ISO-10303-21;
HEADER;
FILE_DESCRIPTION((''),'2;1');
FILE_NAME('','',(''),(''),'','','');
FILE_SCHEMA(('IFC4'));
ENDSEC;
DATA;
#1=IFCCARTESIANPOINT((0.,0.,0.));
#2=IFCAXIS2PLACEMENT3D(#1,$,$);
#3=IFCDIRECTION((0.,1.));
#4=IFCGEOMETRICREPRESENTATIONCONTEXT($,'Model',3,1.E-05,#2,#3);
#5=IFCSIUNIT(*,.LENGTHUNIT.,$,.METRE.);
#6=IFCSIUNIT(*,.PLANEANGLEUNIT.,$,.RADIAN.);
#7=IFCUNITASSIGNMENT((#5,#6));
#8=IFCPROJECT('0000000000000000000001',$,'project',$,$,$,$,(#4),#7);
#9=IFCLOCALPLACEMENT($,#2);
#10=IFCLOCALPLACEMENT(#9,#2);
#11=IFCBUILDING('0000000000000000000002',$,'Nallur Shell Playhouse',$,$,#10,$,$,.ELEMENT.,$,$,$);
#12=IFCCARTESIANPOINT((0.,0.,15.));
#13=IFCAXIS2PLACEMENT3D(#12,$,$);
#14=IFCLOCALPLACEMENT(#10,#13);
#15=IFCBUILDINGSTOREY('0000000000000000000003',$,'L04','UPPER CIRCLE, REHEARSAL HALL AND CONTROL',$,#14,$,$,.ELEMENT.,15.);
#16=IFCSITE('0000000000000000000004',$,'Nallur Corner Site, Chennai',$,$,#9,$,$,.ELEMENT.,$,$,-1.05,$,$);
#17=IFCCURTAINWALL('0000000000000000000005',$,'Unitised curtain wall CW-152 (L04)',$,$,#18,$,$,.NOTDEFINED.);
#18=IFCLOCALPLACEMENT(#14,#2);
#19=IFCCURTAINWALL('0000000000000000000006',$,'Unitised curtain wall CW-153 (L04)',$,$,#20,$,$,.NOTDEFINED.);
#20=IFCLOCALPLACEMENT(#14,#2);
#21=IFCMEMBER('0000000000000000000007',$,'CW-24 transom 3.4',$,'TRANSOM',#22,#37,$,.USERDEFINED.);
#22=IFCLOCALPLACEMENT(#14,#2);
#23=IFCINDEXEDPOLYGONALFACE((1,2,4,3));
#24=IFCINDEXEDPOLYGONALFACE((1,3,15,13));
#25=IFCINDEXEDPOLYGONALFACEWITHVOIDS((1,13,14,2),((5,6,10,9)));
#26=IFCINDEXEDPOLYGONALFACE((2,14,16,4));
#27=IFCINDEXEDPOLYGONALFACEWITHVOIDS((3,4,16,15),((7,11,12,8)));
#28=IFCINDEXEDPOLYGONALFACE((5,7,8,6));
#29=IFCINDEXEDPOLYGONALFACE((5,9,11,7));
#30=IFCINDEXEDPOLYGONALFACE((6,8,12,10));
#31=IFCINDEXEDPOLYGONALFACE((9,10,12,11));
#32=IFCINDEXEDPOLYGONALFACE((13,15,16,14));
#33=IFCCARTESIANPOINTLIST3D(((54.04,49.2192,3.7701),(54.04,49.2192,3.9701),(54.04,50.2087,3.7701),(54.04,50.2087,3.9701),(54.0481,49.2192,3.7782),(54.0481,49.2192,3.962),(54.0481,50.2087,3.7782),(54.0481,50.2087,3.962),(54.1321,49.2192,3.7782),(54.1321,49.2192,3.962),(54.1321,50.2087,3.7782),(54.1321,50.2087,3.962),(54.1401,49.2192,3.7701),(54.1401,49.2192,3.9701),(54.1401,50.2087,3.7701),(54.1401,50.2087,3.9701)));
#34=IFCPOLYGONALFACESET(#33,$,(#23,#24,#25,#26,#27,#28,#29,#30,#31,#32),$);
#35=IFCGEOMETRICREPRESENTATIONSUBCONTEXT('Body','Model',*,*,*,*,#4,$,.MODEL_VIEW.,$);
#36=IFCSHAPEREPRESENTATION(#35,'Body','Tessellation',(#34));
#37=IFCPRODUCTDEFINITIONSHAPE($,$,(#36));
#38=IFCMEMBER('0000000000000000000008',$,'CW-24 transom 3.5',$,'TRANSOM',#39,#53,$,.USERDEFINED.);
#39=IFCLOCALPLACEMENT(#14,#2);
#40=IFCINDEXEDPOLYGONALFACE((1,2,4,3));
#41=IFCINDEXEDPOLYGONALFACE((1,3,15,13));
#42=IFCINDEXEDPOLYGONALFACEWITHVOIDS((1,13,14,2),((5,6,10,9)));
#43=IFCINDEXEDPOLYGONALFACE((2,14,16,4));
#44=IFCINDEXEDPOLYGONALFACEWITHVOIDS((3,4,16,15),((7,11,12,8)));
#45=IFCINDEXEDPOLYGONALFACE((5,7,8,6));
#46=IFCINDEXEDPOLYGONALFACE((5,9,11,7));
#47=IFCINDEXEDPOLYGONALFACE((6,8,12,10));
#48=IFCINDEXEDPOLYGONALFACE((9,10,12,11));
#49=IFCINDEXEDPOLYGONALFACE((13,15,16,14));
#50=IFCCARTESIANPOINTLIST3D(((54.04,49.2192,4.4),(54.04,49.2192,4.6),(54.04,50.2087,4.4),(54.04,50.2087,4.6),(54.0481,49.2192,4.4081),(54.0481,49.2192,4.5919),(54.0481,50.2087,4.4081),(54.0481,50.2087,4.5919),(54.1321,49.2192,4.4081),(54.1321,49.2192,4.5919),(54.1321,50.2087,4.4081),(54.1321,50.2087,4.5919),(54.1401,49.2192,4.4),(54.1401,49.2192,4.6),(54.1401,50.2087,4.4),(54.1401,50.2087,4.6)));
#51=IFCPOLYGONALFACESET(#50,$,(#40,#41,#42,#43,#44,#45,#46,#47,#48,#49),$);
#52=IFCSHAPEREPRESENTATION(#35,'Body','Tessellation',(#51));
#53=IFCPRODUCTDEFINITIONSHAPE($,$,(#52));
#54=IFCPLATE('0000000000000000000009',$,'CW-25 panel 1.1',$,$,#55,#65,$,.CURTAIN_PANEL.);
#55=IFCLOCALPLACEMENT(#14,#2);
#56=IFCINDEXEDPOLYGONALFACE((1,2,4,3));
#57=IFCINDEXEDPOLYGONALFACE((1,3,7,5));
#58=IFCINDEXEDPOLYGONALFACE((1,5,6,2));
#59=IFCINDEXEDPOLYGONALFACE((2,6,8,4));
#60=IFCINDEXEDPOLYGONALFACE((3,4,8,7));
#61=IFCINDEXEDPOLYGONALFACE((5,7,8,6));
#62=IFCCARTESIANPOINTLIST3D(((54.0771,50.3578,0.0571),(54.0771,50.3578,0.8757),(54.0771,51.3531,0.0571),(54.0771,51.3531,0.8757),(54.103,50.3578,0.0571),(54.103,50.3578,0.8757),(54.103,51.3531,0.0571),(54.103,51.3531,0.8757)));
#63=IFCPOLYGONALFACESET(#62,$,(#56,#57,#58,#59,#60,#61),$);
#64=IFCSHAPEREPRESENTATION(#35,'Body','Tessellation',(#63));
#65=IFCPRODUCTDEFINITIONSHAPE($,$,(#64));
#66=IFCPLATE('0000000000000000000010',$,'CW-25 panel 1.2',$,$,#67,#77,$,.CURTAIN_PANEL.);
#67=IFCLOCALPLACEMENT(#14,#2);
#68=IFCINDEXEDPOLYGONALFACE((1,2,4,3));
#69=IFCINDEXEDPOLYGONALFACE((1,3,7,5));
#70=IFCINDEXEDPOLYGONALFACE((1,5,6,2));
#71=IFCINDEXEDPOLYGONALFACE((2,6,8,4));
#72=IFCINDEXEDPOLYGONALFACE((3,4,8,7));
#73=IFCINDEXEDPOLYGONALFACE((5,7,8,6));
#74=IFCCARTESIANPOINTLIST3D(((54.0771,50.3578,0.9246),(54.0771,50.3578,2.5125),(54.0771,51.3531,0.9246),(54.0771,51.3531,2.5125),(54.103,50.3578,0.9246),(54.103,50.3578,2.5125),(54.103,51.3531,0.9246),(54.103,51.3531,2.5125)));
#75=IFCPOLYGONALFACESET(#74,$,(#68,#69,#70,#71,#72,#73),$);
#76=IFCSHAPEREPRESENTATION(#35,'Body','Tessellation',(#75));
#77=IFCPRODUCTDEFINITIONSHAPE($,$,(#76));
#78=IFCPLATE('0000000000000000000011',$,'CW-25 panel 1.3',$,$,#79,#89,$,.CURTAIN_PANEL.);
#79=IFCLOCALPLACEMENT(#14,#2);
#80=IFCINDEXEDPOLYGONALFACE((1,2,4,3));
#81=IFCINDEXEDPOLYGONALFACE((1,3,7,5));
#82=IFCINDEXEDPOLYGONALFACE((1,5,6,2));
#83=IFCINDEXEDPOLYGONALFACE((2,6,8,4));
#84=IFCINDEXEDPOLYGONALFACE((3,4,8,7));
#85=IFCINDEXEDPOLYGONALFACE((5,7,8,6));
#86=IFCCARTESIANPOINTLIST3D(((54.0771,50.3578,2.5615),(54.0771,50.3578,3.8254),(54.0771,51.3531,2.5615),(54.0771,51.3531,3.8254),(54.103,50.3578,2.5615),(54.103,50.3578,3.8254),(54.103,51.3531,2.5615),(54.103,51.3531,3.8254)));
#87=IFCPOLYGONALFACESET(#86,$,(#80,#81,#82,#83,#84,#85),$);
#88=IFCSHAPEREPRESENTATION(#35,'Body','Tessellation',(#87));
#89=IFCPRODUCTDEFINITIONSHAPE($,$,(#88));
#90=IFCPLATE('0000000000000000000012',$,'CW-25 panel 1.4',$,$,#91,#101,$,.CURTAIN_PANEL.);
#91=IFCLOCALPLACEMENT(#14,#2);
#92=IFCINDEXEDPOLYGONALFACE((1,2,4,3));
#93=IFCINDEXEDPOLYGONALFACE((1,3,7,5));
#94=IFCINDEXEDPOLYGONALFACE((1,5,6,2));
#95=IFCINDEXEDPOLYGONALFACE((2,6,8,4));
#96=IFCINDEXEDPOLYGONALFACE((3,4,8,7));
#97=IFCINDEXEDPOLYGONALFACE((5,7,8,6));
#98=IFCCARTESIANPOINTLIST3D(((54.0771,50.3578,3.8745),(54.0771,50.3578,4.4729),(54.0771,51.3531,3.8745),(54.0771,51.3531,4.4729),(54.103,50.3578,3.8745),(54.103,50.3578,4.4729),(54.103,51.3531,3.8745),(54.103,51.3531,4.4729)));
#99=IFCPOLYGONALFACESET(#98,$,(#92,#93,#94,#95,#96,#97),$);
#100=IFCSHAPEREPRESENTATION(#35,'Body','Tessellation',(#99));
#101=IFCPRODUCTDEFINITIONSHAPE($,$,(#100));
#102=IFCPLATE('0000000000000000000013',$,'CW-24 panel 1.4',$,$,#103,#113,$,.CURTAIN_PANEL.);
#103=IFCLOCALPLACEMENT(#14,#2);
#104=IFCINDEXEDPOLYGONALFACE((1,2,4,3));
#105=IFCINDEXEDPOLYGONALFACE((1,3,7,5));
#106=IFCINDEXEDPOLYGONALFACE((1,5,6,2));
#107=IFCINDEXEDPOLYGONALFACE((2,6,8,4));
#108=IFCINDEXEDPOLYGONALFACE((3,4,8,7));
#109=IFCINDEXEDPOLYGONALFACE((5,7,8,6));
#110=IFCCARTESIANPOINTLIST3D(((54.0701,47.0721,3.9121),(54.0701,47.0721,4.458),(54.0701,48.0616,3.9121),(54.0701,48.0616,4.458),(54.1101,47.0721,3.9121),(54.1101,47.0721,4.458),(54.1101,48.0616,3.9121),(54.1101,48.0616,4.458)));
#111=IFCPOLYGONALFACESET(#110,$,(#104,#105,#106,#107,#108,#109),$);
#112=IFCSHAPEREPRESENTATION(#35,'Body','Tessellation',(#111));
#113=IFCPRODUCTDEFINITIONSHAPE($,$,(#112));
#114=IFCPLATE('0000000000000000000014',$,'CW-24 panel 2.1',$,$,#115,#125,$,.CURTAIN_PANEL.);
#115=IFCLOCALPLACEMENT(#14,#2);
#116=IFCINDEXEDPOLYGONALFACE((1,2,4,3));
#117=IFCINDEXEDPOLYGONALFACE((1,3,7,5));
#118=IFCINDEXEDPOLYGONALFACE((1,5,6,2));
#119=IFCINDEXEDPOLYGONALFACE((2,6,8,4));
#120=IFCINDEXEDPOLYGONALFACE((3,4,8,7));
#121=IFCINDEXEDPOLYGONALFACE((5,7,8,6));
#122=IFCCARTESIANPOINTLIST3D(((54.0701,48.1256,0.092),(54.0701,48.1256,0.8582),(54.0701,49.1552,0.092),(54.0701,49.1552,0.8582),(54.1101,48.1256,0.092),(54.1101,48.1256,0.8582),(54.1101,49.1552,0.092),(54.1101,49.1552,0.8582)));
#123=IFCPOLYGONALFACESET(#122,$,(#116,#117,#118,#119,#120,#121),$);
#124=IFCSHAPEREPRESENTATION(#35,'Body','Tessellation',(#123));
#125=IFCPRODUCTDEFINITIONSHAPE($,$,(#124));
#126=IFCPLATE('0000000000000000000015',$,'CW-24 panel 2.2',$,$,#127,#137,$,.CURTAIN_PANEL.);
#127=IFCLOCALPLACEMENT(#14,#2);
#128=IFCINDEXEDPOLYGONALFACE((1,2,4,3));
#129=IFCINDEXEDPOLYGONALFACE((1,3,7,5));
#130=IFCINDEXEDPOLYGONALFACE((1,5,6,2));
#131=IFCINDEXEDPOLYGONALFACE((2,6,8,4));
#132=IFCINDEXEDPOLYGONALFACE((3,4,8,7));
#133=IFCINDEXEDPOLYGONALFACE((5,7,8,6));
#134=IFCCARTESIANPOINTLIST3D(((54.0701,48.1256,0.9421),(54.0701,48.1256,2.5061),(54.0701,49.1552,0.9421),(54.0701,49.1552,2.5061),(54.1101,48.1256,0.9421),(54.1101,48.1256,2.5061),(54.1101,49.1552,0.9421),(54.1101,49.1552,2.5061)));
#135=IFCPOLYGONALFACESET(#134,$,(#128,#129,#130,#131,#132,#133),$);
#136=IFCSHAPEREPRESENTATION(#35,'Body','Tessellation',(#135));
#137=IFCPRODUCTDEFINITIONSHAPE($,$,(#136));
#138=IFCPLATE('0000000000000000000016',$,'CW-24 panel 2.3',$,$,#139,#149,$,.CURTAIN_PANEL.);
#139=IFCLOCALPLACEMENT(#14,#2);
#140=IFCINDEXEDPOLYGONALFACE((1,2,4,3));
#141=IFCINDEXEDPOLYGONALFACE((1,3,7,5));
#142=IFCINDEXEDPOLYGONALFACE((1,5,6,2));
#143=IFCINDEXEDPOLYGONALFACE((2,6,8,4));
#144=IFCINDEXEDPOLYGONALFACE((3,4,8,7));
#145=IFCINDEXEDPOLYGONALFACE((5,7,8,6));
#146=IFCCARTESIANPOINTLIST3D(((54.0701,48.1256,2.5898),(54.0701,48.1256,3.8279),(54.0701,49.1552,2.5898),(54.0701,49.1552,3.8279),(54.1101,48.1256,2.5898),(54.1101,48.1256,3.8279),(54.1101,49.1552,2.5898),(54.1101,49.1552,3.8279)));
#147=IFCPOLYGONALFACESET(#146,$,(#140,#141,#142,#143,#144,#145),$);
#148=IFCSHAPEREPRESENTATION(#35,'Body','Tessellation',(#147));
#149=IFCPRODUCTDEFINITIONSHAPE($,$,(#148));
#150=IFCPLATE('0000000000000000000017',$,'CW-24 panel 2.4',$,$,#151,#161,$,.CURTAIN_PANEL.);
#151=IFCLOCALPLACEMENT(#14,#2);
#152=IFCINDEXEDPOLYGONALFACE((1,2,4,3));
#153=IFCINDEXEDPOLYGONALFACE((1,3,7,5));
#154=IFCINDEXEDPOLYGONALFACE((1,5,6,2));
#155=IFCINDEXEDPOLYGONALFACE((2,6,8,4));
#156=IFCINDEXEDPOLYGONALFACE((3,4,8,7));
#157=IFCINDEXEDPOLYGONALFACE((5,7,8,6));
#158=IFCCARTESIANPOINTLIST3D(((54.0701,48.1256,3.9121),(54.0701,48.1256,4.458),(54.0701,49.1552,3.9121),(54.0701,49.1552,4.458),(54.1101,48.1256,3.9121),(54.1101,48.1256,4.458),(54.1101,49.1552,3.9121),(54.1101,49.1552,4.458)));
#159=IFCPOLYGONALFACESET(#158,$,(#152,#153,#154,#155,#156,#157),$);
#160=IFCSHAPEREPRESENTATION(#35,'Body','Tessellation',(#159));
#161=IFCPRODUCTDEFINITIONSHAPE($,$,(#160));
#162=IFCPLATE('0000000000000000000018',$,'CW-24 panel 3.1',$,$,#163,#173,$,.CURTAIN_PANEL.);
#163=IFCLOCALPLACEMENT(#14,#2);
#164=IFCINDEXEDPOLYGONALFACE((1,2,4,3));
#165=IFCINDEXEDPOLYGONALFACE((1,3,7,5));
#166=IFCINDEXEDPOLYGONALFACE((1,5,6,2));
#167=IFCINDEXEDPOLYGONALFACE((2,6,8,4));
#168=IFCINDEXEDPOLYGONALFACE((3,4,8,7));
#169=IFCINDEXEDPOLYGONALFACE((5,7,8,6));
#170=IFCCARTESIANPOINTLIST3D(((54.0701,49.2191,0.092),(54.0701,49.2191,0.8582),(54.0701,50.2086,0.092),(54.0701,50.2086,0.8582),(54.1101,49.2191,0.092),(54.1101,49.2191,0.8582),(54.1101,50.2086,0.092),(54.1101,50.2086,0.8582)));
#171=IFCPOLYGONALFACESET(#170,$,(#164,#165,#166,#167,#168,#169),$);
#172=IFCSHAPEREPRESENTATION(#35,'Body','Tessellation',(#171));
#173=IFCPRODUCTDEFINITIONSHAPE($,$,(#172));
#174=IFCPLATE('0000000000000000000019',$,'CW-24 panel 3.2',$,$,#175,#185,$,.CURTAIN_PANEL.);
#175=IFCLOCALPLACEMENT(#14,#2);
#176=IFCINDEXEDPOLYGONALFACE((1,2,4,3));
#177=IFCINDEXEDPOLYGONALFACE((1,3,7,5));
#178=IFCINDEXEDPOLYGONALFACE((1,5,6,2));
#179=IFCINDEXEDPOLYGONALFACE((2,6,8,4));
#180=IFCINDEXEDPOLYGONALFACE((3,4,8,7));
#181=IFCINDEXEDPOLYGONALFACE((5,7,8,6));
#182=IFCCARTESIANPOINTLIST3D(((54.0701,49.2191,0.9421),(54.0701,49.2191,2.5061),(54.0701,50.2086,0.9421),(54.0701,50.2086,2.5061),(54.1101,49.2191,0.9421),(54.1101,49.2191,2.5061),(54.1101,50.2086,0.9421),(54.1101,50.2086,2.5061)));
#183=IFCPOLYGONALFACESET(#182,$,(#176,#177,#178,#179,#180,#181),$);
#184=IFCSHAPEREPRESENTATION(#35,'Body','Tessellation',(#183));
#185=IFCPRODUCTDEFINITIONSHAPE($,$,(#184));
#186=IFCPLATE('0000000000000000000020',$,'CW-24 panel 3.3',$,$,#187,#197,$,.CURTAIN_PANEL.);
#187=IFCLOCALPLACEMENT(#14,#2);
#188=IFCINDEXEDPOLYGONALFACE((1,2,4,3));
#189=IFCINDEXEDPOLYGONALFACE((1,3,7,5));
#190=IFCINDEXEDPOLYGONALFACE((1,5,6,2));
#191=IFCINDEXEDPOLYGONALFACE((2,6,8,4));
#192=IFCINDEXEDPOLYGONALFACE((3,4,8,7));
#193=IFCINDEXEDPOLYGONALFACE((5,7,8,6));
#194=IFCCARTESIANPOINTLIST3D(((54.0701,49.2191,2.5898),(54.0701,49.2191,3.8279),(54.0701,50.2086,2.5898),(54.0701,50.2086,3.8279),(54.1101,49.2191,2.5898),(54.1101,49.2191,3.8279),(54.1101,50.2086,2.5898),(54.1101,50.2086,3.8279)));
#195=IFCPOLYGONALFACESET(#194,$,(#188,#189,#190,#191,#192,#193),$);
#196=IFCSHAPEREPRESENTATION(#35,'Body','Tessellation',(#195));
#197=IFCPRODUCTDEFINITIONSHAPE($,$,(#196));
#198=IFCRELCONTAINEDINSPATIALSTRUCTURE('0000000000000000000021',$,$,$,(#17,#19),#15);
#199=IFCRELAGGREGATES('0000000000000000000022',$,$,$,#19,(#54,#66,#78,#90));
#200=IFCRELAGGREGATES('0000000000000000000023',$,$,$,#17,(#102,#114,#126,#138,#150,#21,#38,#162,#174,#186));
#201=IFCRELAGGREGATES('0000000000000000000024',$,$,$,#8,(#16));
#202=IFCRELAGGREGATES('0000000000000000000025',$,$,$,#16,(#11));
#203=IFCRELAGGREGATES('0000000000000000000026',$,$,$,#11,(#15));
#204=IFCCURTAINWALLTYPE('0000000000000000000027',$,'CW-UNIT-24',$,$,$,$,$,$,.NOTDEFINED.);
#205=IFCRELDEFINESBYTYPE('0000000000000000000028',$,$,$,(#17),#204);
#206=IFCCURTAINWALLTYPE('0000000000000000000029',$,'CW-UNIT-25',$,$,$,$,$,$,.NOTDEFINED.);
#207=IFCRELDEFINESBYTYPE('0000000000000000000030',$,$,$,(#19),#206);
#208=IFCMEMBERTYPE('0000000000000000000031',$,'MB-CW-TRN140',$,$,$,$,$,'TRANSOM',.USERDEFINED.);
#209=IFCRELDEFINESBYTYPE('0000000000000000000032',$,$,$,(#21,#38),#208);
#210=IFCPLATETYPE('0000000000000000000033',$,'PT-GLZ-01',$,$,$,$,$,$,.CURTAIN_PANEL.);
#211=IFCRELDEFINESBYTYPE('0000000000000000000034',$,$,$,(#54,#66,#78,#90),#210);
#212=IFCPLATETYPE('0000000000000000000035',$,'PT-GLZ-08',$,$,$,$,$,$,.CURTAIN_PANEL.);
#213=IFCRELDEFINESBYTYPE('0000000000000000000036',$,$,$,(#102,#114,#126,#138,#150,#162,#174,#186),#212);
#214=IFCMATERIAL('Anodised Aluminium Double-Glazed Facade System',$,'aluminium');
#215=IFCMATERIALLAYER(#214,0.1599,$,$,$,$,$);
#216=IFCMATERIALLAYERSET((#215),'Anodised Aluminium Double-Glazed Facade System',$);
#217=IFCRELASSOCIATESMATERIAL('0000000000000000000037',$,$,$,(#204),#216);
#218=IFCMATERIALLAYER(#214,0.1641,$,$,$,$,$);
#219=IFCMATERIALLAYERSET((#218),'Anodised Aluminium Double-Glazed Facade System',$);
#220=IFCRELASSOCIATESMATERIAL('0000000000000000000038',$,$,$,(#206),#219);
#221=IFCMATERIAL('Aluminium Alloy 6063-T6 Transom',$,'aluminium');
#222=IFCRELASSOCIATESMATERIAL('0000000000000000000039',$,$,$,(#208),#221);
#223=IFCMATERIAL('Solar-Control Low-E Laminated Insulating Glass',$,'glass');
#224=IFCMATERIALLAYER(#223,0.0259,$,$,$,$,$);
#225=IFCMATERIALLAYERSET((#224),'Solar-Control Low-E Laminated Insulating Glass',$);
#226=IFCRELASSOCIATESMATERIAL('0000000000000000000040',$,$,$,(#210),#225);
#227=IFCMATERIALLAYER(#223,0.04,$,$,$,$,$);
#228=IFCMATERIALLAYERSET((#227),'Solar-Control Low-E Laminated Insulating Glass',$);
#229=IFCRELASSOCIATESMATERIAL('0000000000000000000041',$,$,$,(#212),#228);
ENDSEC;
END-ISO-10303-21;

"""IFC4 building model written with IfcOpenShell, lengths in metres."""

from ifc_helpers import new_model, si_unit, direction, frame, origin, origin_2d, place, context, subcontext, project, spatial, rectangle, hollow_rectangle, extrude, material, layer, layer_set, material_profile, profile_set, type_object, element, aggregate, save


model = new_model("IFC4")

# Units and contexts
model_context = context("Model", 3, precision=1e-05, world=origin(), true_north=direction((0.0, 1.0)))
body_context = subcontext(model_context, "Body", "Model", "MODEL_VIEW")
ifc_project = project(units=[si_unit("LENGTHUNIT", "METRE"), si_unit("PLANEANGLEUNIT", "RADIAN")], contexts=[model_context])

# Site, building, storey
site_placement = place(None, origin())
site = spatial("IfcSite", under=ifc_project, at=site_placement, Name="Nallur Corner Site, Chennai", CompositionType="ELEMENT", RefElevation=-1.05)
building_placement = place(site_placement, origin())
building = spatial("IfcBuilding", under=site, at=building_placement, Name="Nallur Shell Playhouse", CompositionType="ELEMENT")
storey_placement = place(building_placement, frame((0.0, 0.0, 15.0)))
storey = spatial("IfcBuildingStorey", under=building, at=storey_placement, Name="L04", Description="UPPER CIRCLE, REHEARSAL HALL AND CONTROL", CompositionType="ELEMENT", Elevation=15.0)

# Curtain walls
ifc_material_1 = material(Name="Anodised Aluminium Double-Glazed Facade System", Category="aluminium")
ifc_layer_1 = layer(ifc_material_1, 0.1599)
ifc_layer_set_1 = layer_set([ifc_layer_1], Name="Anodised Aluminium Double-Glazed Facade System")
curtain_wall_type_1 = type_object("IfcCurtainWallType", Name="CW-UNIT-24", PredefinedType="NOTDEFINED", material=ifc_layer_set_1)
curtain_wall_1_placement = place(storey_placement, origin())
curtain_wall_1 = element("IfcCurtainWall", 1, at=curtain_wall_1_placement, inside=storey, type_object=curtain_wall_type_1, Name="Unitised curtain wall CW-152 (L04)", PredefinedType="NOTDEFINED")
ifc_layer_2 = layer(ifc_material_1, 0.1641)
ifc_layer_set_2 = layer_set([ifc_layer_2], Name="Anodised Aluminium Double-Glazed Facade System")
curtain_wall_type_2 = type_object("IfcCurtainWallType", Name="CW-UNIT-25", PredefinedType="NOTDEFINED", material=ifc_layer_set_2)
curtain_wall_2_placement = place(storey_placement, origin())
curtain_wall_2 = element("IfcCurtainWall", 2, at=curtain_wall_2_placement, inside=storey, type_object=curtain_wall_type_2, Name="Unitised curtain wall CW-153 (L04)", PredefinedType="NOTDEFINED")
ifc_material_2 = material(Name="Aluminium Alloy 6063-T6 Transom", Category="aluminium")

# Members
ifc_material_profile_1 = material_profile(ifc_material_2, hollow_rectangle(XDim=0.1001, YDim=0.2, WallThickness=0.0081, at=origin_2d()), Name="RHS 200x100x8")
ifc_profile_set_1 = profile_set([ifc_material_profile_1], Name="Aluminium Alloy 6063-T6 Transom")
member_type_1 = type_object("IfcMemberType", Name="MB-CW-TRN140", ElementType="TRANSOM", PredefinedType="USERDEFINED", material=ifc_profile_set_1)
member_1_placement = place(storey_placement, frame((54.0901, 49.2192, 3.8701), z_axis=(0.0, 1.0, 0.0), x_axis=(-1.0, 0.0, 0.0)))
member_1 = element("IfcMember", 3, at=member_1_placement, type_object=member_type_1, Name="CW-24 transom 3.4", ObjectType="TRANSOM", PredefinedType="USERDEFINED", context=body_context, shape_type="SweptSolid", body=[
    extrude(hollow_rectangle(XDim=0.1001, YDim=0.2, WallThickness=0.0081, at=origin_2d()), origin(), (0.0, 0.0, 1.0), 0.9895),
])
member_2_placement = place(storey_placement, frame((54.0901, 49.2192, 4.5), z_axis=(0.0, 1.0, 0.0), x_axis=(-1.0, 0.0, 0.0)))
member_2 = element("IfcMember", 4, at=member_2_placement, type_object=member_type_1, Name="CW-24 transom 3.5", ObjectType="TRANSOM", PredefinedType="USERDEFINED", context=body_context, shape_type="SweptSolid", body=[
    extrude(hollow_rectangle(XDim=0.1001, YDim=0.2, WallThickness=0.0081, at=origin_2d()), origin(), (0.0, 0.0, 1.0), 0.9895),
])

# Plates
ifc_material_3 = material(Name="Solar-Control Low-E Laminated Insulating Glass", Category="glass")
ifc_layer_3 = layer(ifc_material_3, 0.0259)
ifc_layer_set_3 = layer_set([ifc_layer_3], Name="Solar-Control Low-E Laminated Insulating Glass")
plate_type_1 = type_object("IfcPlateType", Name="PT-GLZ-01", PredefinedType="CURTAIN_PANEL", material=ifc_layer_set_3)
plate_1_placement = place(storey_placement, frame((54.0901, 50.8555, 0.0571), z_axis=(0.0, 0.0, 1.0), x_axis=(0.0, 1.0, 0.0)))
plate_1 = element("IfcPlate", 5, at=plate_1_placement, type_object=plate_type_1, Name="CW-25 panel 1.1", PredefinedType="CURTAIN_PANEL", context=body_context, shape_type="SweptSolid", body=[
    extrude(rectangle(XDim=0.9954, YDim=0.0259, at=origin_2d()), origin(), (0.0, 0.0, 1.0), 0.8186),
])
plate_2_placement = place(storey_placement, frame((54.0901, 50.8555, 0.9246), z_axis=(0.0, 0.0, 1.0), x_axis=(0.0, 1.0, 0.0)))
plate_2 = element("IfcPlate", 6, at=plate_2_placement, type_object=plate_type_1, Name="CW-25 panel 1.2", PredefinedType="CURTAIN_PANEL", context=body_context, shape_type="SweptSolid", body=[
    extrude(rectangle(XDim=0.9954, YDim=0.0259, at=origin_2d()), origin(), (0.0, 0.0, 1.0), 1.5879),
])
plate_3_placement = place(storey_placement, frame((54.0901, 50.8555, 2.5615), z_axis=(0.0, 0.0, 1.0), x_axis=(0.0, 1.0, 0.0)))
plate_3 = element("IfcPlate", 7, at=plate_3_placement, type_object=plate_type_1, Name="CW-25 panel 1.3", PredefinedType="CURTAIN_PANEL", context=body_context, shape_type="SweptSolid", body=[
    extrude(rectangle(XDim=0.9954, YDim=0.0259, at=origin_2d()), origin(), (0.0, 0.0, 1.0), 1.2639),
])
plate_4_placement = place(storey_placement, frame((54.0901, 50.8555, 3.8745), z_axis=(0.0, 0.0, 1.0), x_axis=(0.0, 1.0, 0.0)))
plate_4 = element("IfcPlate", 8, at=plate_4_placement, type_object=plate_type_1, Name="CW-25 panel 1.4", PredefinedType="CURTAIN_PANEL", context=body_context, shape_type="SweptSolid", body=[
    extrude(rectangle(XDim=0.9954, YDim=0.0259, at=origin_2d()), origin(), (0.0, 0.0, 1.0), 0.5984),
])
aggregate(curtain_wall_2, [plate_1, plate_2, plate_3, plate_4])
ifc_layer_4 = layer(ifc_material_3, 0.04)
ifc_layer_set_4 = layer_set([ifc_layer_4], Name="Solar-Control Low-E Laminated Insulating Glass")
plate_type_2 = type_object("IfcPlateType", Name="PT-GLZ-08", PredefinedType="CURTAIN_PANEL", material=ifc_layer_set_4)
plate_5_placement = place(storey_placement, frame((54.0901, 47.5669, 3.9121), z_axis=(0.0, 0.0, 1.0), x_axis=(0.0, 1.0, 0.0)))
plate_5 = element("IfcPlate", 9, at=plate_5_placement, type_object=plate_type_2, Name="CW-24 panel 1.4", PredefinedType="CURTAIN_PANEL", context=body_context, shape_type="SweptSolid", body=[
    extrude(rectangle(XDim=0.9895, YDim=0.04, at=origin_2d()), origin(), (0.0, 0.0, 1.0), 0.5459),
])
plate_6_placement = place(storey_placement, frame((54.0901, 48.6404, 0.092), z_axis=(0.0, 0.0, 1.0), x_axis=(0.0, 1.0, 0.0)))
plate_6 = element("IfcPlate", 10, at=plate_6_placement, type_object=plate_type_2, Name="CW-24 panel 2.1", PredefinedType="CURTAIN_PANEL", context=body_context, shape_type="SweptSolid", body=[
    extrude(rectangle(XDim=1.0295, YDim=0.04, at=origin_2d()), origin(), (0.0, 0.0, 1.0), 0.7661),
])
plate_7_placement = place(storey_placement, frame((54.0901, 48.6404, 0.9421), z_axis=(0.0, 0.0, 1.0), x_axis=(0.0, 1.0, 0.0)))
plate_7 = element("IfcPlate", 11, at=plate_7_placement, type_object=plate_type_2, Name="CW-24 panel 2.2", PredefinedType="CURTAIN_PANEL", context=body_context, shape_type="SweptSolid", body=[
    extrude(rectangle(XDim=1.0295, YDim=0.04, at=origin_2d()), origin(), (0.0, 0.0, 1.0), 1.564),
])
plate_8_placement = place(storey_placement, frame((54.0901, 48.6404, 2.5898), z_axis=(0.0, 0.0, 1.0), x_axis=(0.0, 1.0, 0.0)))
plate_8 = element("IfcPlate", 12, at=plate_8_placement, type_object=plate_type_2, Name="CW-24 panel 2.3", PredefinedType="CURTAIN_PANEL", context=body_context, shape_type="SweptSolid", body=[
    extrude(rectangle(XDim=1.0295, YDim=0.04, at=origin_2d()), origin(), (0.0, 0.0, 1.0), 1.238),
])
plate_9_placement = place(storey_placement, frame((54.0901, 48.6404, 3.9121), z_axis=(0.0, 0.0, 1.0), x_axis=(0.0, 1.0, 0.0)))
plate_9 = element("IfcPlate", 13, at=plate_9_placement, type_object=plate_type_2, Name="CW-24 panel 2.4", PredefinedType="CURTAIN_PANEL", context=body_context, shape_type="SweptSolid", body=[
    extrude(rectangle(XDim=1.0295, YDim=0.04, at=origin_2d()), origin(), (0.0, 0.0, 1.0), 0.5459),
])
plate_10_placement = place(storey_placement, frame((54.0901, 49.7139, 0.092), z_axis=(0.0, 0.0, 1.0), x_axis=(0.0, 1.0, 0.0)))
plate_10 = element("IfcPlate", 14, at=plate_10_placement, type_object=plate_type_2, Name="CW-24 panel 3.1", PredefinedType="CURTAIN_PANEL", context=body_context, shape_type="SweptSolid", body=[
    extrude(rectangle(XDim=0.9895, YDim=0.04, at=origin_2d()), origin(), (0.0, 0.0, 1.0), 0.7661),
])
plate_11_placement = place(storey_placement, frame((54.0901, 49.7139, 0.9421), z_axis=(0.0, 0.0, 1.0), x_axis=(0.0, 1.0, 0.0)))
plate_11 = element("IfcPlate", 15, at=plate_11_placement, type_object=plate_type_2, Name="CW-24 panel 3.2", PredefinedType="CURTAIN_PANEL", context=body_context, shape_type="SweptSolid", body=[
    extrude(rectangle(XDim=0.9895, YDim=0.04, at=origin_2d()), origin(), (0.0, 0.0, 1.0), 1.564),
])
plate_12_placement = place(storey_placement, frame((54.0901, 49.7139, 2.5898), z_axis=(0.0, 0.0, 1.0), x_axis=(0.0, 1.0, 0.0)))
plate_12 = element("IfcPlate", 16, at=plate_12_placement, type_object=plate_type_2, Name="CW-24 panel 3.3", PredefinedType="CURTAIN_PANEL", context=body_context, shape_type="SweptSolid", body=[
    extrude(rectangle(XDim=0.9895, YDim=0.04, at=origin_2d()), origin(), (0.0, 0.0, 1.0), 1.238),
])
aggregate(curtain_wall_1, [plate_5, plate_6, plate_7, plate_8, plate_9, member_1, member_2, plate_10, plate_11, plate_12])

save(model, "model.ifc")
